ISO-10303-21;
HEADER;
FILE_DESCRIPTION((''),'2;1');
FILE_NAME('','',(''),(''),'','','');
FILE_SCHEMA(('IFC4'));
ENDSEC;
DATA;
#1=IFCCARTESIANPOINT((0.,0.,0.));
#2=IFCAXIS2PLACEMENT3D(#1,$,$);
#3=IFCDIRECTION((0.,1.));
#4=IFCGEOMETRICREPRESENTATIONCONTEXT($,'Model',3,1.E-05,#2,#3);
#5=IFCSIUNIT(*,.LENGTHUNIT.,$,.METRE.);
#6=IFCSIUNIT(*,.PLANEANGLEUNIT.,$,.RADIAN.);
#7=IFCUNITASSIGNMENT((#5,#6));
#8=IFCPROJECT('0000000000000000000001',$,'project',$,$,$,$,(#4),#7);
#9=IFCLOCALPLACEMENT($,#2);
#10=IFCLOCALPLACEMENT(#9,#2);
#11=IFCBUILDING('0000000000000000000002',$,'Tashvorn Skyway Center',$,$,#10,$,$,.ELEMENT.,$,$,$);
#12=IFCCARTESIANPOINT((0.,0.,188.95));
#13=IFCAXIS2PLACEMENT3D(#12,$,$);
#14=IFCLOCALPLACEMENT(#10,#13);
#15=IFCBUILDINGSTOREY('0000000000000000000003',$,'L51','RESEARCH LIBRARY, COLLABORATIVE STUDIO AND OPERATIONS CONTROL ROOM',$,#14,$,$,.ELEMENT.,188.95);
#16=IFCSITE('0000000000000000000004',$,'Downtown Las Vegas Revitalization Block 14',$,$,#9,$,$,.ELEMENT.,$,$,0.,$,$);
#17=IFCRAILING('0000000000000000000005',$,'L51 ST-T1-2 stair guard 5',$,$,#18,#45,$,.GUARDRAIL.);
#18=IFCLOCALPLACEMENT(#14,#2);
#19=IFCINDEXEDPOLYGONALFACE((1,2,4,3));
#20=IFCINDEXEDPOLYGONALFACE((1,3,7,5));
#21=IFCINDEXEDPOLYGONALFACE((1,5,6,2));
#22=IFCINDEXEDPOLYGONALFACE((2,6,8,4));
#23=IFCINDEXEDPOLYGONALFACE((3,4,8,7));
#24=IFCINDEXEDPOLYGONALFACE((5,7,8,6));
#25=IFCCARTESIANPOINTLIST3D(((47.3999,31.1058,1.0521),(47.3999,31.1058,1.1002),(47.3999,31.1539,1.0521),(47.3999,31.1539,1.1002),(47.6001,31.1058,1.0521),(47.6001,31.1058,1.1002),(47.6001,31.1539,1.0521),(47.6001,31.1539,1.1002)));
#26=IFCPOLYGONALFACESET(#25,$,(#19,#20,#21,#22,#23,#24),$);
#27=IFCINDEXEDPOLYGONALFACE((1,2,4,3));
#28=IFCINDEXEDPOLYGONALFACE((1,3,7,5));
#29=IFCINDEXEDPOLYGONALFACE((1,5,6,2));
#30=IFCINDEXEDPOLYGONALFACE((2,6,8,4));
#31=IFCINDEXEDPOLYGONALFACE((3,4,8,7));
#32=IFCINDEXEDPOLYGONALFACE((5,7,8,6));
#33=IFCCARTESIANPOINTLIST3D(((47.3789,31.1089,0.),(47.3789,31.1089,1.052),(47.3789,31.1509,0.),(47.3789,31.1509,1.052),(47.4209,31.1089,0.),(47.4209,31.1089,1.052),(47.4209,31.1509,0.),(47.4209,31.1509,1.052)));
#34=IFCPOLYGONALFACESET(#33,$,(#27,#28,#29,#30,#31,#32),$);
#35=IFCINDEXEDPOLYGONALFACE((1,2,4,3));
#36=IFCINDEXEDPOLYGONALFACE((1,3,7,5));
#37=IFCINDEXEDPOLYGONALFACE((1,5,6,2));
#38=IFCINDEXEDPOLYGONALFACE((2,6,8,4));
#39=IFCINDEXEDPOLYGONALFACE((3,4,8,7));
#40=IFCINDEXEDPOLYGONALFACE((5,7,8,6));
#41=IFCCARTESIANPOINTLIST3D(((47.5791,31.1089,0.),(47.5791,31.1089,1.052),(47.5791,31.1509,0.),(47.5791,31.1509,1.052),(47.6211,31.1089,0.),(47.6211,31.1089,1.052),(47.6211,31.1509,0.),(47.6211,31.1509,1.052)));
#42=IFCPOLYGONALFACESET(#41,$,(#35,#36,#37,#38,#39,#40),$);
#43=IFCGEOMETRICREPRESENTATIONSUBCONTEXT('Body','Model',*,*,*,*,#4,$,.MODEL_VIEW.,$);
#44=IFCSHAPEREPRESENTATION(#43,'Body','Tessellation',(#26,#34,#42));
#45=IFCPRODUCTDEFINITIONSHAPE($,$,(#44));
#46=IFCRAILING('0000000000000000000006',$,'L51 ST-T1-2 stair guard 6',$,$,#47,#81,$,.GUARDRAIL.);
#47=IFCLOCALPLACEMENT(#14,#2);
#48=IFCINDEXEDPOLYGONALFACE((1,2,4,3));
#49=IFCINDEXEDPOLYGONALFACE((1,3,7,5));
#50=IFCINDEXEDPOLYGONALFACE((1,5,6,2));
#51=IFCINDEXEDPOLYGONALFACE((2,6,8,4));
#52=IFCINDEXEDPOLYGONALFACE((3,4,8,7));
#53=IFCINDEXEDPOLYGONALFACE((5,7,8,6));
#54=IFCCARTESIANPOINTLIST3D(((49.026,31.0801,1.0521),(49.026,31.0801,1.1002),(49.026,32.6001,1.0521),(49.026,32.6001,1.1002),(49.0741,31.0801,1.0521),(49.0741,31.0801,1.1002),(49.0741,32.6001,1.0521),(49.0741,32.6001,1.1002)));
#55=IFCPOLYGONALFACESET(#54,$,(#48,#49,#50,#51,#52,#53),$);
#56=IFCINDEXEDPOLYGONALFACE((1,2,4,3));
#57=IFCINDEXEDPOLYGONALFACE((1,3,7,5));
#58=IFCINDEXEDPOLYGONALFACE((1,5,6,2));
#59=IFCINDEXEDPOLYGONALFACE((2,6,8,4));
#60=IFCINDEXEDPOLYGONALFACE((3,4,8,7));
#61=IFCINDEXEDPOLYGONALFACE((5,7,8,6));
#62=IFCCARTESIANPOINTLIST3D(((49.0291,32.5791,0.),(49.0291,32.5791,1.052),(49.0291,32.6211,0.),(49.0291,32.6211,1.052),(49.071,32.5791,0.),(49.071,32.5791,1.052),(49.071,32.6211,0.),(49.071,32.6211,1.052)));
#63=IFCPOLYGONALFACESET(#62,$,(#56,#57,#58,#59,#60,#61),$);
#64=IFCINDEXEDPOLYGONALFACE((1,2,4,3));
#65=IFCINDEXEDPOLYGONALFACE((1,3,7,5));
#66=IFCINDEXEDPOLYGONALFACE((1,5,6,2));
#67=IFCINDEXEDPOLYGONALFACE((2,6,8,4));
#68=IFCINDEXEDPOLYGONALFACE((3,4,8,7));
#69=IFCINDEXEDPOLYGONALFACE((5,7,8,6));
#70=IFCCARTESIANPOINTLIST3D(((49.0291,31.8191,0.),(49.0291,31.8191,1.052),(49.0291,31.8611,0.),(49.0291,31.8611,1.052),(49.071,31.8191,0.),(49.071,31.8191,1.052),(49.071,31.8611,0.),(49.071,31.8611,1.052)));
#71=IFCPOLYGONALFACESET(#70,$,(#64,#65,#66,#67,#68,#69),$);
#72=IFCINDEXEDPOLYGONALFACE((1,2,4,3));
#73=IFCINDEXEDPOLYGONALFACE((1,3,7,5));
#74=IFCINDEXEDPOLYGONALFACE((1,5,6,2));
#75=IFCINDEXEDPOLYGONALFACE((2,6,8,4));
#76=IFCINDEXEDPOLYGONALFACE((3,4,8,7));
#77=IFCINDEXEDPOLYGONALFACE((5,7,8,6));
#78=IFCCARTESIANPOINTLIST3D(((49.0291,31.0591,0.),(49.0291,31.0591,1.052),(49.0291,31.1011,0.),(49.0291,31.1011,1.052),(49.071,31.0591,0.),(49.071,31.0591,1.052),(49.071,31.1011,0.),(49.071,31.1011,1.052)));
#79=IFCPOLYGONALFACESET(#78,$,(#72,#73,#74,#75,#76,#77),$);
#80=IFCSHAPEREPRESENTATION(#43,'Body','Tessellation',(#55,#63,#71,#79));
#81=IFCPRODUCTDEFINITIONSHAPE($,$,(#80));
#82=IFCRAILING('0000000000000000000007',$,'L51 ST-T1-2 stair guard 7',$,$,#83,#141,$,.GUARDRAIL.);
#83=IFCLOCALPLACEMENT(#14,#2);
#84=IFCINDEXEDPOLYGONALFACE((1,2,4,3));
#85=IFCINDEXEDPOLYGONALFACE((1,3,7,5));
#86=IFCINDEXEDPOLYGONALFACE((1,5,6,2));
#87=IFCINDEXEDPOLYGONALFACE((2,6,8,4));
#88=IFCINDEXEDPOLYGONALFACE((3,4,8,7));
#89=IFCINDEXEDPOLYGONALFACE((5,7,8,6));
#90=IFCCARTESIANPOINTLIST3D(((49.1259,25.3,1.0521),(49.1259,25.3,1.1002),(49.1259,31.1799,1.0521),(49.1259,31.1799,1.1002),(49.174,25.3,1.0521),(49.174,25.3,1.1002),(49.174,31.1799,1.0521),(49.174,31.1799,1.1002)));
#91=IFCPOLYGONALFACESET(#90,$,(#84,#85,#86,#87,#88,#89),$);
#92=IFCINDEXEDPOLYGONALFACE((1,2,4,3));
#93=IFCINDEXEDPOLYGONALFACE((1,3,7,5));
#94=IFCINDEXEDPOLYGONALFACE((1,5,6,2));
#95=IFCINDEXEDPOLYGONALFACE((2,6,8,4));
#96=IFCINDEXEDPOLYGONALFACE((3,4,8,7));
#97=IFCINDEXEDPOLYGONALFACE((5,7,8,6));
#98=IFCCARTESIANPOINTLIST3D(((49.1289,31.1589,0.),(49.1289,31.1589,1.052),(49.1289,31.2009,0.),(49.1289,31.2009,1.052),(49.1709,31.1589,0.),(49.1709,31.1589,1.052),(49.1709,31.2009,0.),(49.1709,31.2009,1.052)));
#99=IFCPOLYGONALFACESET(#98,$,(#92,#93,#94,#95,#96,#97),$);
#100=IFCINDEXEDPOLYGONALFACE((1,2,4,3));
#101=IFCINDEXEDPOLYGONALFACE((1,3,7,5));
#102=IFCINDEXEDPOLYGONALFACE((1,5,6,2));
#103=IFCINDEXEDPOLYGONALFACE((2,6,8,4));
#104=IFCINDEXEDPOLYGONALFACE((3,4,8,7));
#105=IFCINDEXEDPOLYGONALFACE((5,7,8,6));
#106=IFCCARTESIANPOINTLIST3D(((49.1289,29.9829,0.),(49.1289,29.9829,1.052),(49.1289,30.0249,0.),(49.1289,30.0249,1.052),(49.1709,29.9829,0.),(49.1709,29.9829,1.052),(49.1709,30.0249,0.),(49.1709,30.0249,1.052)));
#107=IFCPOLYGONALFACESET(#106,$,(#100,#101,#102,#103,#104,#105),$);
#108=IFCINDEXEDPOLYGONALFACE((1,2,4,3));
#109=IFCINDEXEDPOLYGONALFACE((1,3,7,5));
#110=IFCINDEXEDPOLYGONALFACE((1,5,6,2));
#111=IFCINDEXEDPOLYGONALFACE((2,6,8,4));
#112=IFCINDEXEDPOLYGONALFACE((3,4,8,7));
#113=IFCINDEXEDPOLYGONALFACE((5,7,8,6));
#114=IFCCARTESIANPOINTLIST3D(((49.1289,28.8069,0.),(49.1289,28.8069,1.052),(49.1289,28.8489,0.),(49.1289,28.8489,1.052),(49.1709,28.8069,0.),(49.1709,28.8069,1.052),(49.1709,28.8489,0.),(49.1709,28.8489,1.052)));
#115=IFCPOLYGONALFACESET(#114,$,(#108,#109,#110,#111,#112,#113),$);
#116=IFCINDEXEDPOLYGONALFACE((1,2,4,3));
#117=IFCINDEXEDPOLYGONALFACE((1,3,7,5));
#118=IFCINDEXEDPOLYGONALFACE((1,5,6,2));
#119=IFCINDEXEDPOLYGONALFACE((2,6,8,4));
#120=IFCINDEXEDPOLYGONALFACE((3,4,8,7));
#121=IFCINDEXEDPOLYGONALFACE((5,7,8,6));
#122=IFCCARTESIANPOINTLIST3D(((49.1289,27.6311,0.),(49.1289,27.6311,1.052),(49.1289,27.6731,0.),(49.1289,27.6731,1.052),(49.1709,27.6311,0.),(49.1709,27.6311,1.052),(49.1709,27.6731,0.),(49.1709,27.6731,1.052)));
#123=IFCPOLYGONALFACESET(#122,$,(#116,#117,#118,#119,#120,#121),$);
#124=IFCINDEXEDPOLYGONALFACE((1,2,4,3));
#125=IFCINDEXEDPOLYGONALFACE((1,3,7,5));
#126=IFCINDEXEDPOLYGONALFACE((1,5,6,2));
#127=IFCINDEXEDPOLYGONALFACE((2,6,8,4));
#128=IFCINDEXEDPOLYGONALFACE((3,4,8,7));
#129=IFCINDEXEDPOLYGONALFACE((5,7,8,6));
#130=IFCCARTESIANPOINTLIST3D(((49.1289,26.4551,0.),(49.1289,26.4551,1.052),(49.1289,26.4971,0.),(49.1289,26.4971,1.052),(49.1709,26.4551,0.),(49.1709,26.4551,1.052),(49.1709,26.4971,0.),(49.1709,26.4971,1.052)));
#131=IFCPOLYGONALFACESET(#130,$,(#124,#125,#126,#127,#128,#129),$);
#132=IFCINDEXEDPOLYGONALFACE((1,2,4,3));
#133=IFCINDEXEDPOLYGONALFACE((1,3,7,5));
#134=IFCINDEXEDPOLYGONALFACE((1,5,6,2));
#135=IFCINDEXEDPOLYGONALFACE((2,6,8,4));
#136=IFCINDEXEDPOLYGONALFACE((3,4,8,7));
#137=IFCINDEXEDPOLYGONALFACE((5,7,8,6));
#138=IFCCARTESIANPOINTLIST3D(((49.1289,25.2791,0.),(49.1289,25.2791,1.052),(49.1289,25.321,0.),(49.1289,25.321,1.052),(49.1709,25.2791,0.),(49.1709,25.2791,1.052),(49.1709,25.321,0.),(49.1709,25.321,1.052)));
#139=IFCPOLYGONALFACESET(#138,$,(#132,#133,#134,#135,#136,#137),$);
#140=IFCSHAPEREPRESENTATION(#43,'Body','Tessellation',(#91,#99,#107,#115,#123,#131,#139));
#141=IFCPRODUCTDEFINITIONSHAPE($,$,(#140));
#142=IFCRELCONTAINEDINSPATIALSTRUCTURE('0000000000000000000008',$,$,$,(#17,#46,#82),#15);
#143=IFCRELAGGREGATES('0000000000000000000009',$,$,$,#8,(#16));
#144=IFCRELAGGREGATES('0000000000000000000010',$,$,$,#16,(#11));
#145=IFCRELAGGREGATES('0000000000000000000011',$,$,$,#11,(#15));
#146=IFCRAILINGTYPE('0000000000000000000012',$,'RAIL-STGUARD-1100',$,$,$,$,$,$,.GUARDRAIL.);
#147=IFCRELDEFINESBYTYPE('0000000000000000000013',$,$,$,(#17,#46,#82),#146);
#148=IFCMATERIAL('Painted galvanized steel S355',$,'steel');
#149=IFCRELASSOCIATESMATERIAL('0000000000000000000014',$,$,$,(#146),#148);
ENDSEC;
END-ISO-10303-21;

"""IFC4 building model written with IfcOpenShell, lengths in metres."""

from ifc_helpers import new_model, si_unit, direction, frame, origin, origin_2d, place, context, subcontext, project, spatial, rectangle, extrude, material, type_object, element, save


model = new_model("IFC4")

# Units and contexts
model_context = context("Model", 3, precision=1e-05, world=origin(), true_north=direction((0.0, 1.0)))
body_context = subcontext(model_context, "Body", "Model", "MODEL_VIEW")
ifc_project = project(units=[si_unit("LENGTHUNIT", "METRE"), si_unit("PLANEANGLEUNIT", "RADIAN")], contexts=[model_context])

# Site, building, storey
site_placement = place(None, origin())
site = spatial("IfcSite", under=ifc_project, at=site_placement, Name="Downtown Las Vegas Revitalization Block 14", CompositionType="ELEMENT", RefElevation=0.0)
building_placement = place(site_placement, origin())
building = spatial("IfcBuilding", under=site, at=building_placement, Name="Tashvorn Skyway Center", CompositionType="ELEMENT")
storey_placement = place(building_placement, frame((0.0, 0.0, 188.95)))
storey = spatial("IfcBuildingStorey", under=building, at=storey_placement, Name="L51", Description="RESEARCH LIBRARY, COLLABORATIVE STUDIO AND OPERATIONS CONTROL ROOM", CompositionType="ELEMENT", Elevation=188.95)

# Railings
ifc_material_1 = material(Name="Painted galvanized steel S355", Category="steel")
railing_type_1 = type_object("IfcRailingType", Name="RAIL-STGUARD-1100", PredefinedType="GUARDRAIL", material=ifc_material_1)
railing_1_placement = place(storey_placement, frame((47.3999, 31.1299, 0.0)))
element("IfcRailing", 1, at=railing_1_placement, inside=storey, type_object=railing_type_1, Name="L51 ST-T1-2 stair guard 5", PredefinedType="GUARDRAIL", context=body_context, shape_type="SweptSolid", body=[
    extrude(rectangle(XDim=0.0481, YDim=0.0481, at=origin_2d()), frame((0.0, 0.0, 1.0762), z_axis=(1.0, 0.0, 0.0), x_axis=(0.0, 1.0, 0.0)), (0.0, 0.0, 1.0), 0.2002),
    extrude(rectangle(XDim=0.042, YDim=0.042, at=origin_2d()), origin(), (0.0, 0.0, 1.0), 1.052),
    extrude(rectangle(XDim=0.042, YDim=0.042, at=origin_2d()), frame((0.2002, 0.0, 0.0)), (0.0, 0.0, 1.0), 1.052),
])
railing_2_placement = place(storey_placement, frame((49.05, 32.6001, 0.0)))
element("IfcRailing", 2, at=railing_2_placement, inside=storey, type_object=railing_type_1, Name="L51 ST-T1-2 stair guard 6", PredefinedType="GUARDRAIL", context=body_context, shape_type="SweptSolid", body=[
    extrude(rectangle(XDim=0.0481, YDim=0.0481, at=origin_2d()), frame((0.0, 0.0, 1.0762), z_axis=(0.0, -1.0, 0.0), x_axis=(1.0, 0.0, 0.0)), (0.0, 0.0, 1.0), 1.52),
    extrude(rectangle(XDim=0.042, YDim=0.042, at=origin_2d()), origin(), (0.0, 0.0, 1.0), 1.052),
    extrude(rectangle(XDim=0.042, YDim=0.042, at=origin_2d()), frame((0.0, -0.76, 0.0)), (0.0, 0.0, 1.0), 1.052),
    extrude(rectangle(XDim=0.042, YDim=0.042, at=origin_2d()), frame((0.0, -1.52, 0.0)), (0.0, 0.0, 1.0), 1.052),
])
railing_3_placement = place(storey_placement, frame((49.1499, 31.1799, 0.0)))
element("IfcRailing", 3, at=railing_3_placement, inside=storey, type_object=railing_type_1, Name="L51 ST-T1-2 stair guard 7", PredefinedType="GUARDRAIL", context=body_context, shape_type="SweptSolid", body=[
    extrude(rectangle(XDim=0.0481, YDim=0.0481, at=origin_2d()), frame((0.0, 0.0, 1.0762), z_axis=(0.0, -1.0, 0.0), x_axis=(1.0, 0.0, 0.0)), (0.0, 0.0, 1.0), 5.8799),
    extrude(rectangle(XDim=0.042, YDim=0.042, at=origin_2d()), origin(), (0.0, 0.0, 1.0), 1.052),
    extrude(rectangle(XDim=0.042, YDim=0.042, at=origin_2d()), frame((0.0, -1.176, 0.0)), (0.0, 0.0, 1.0), 1.052),
    extrude(rectangle(XDim=0.042, YDim=0.042, at=origin_2d()), frame((0.0, -2.3521, 0.0)), (0.0, 0.0, 1.0), 1.052),
    extrude(rectangle(XDim=0.042, YDim=0.042, at=origin_2d()), frame((0.0, -3.5278, 0.0)), (0.0, 0.0, 1.0), 1.052),
    extrude(rectangle(XDim=0.042, YDim=0.042, at=origin_2d()), frame((0.0, -4.7039, 0.0)), (0.0, 0.0, 1.0), 1.052),
    extrude(rectangle(XDim=0.042, YDim=0.042, at=origin_2d()), frame((0.0, -5.8799, 0.0)), (0.0, 0.0, 1.0), 1.052),
])

save(model, "model.ifc")
